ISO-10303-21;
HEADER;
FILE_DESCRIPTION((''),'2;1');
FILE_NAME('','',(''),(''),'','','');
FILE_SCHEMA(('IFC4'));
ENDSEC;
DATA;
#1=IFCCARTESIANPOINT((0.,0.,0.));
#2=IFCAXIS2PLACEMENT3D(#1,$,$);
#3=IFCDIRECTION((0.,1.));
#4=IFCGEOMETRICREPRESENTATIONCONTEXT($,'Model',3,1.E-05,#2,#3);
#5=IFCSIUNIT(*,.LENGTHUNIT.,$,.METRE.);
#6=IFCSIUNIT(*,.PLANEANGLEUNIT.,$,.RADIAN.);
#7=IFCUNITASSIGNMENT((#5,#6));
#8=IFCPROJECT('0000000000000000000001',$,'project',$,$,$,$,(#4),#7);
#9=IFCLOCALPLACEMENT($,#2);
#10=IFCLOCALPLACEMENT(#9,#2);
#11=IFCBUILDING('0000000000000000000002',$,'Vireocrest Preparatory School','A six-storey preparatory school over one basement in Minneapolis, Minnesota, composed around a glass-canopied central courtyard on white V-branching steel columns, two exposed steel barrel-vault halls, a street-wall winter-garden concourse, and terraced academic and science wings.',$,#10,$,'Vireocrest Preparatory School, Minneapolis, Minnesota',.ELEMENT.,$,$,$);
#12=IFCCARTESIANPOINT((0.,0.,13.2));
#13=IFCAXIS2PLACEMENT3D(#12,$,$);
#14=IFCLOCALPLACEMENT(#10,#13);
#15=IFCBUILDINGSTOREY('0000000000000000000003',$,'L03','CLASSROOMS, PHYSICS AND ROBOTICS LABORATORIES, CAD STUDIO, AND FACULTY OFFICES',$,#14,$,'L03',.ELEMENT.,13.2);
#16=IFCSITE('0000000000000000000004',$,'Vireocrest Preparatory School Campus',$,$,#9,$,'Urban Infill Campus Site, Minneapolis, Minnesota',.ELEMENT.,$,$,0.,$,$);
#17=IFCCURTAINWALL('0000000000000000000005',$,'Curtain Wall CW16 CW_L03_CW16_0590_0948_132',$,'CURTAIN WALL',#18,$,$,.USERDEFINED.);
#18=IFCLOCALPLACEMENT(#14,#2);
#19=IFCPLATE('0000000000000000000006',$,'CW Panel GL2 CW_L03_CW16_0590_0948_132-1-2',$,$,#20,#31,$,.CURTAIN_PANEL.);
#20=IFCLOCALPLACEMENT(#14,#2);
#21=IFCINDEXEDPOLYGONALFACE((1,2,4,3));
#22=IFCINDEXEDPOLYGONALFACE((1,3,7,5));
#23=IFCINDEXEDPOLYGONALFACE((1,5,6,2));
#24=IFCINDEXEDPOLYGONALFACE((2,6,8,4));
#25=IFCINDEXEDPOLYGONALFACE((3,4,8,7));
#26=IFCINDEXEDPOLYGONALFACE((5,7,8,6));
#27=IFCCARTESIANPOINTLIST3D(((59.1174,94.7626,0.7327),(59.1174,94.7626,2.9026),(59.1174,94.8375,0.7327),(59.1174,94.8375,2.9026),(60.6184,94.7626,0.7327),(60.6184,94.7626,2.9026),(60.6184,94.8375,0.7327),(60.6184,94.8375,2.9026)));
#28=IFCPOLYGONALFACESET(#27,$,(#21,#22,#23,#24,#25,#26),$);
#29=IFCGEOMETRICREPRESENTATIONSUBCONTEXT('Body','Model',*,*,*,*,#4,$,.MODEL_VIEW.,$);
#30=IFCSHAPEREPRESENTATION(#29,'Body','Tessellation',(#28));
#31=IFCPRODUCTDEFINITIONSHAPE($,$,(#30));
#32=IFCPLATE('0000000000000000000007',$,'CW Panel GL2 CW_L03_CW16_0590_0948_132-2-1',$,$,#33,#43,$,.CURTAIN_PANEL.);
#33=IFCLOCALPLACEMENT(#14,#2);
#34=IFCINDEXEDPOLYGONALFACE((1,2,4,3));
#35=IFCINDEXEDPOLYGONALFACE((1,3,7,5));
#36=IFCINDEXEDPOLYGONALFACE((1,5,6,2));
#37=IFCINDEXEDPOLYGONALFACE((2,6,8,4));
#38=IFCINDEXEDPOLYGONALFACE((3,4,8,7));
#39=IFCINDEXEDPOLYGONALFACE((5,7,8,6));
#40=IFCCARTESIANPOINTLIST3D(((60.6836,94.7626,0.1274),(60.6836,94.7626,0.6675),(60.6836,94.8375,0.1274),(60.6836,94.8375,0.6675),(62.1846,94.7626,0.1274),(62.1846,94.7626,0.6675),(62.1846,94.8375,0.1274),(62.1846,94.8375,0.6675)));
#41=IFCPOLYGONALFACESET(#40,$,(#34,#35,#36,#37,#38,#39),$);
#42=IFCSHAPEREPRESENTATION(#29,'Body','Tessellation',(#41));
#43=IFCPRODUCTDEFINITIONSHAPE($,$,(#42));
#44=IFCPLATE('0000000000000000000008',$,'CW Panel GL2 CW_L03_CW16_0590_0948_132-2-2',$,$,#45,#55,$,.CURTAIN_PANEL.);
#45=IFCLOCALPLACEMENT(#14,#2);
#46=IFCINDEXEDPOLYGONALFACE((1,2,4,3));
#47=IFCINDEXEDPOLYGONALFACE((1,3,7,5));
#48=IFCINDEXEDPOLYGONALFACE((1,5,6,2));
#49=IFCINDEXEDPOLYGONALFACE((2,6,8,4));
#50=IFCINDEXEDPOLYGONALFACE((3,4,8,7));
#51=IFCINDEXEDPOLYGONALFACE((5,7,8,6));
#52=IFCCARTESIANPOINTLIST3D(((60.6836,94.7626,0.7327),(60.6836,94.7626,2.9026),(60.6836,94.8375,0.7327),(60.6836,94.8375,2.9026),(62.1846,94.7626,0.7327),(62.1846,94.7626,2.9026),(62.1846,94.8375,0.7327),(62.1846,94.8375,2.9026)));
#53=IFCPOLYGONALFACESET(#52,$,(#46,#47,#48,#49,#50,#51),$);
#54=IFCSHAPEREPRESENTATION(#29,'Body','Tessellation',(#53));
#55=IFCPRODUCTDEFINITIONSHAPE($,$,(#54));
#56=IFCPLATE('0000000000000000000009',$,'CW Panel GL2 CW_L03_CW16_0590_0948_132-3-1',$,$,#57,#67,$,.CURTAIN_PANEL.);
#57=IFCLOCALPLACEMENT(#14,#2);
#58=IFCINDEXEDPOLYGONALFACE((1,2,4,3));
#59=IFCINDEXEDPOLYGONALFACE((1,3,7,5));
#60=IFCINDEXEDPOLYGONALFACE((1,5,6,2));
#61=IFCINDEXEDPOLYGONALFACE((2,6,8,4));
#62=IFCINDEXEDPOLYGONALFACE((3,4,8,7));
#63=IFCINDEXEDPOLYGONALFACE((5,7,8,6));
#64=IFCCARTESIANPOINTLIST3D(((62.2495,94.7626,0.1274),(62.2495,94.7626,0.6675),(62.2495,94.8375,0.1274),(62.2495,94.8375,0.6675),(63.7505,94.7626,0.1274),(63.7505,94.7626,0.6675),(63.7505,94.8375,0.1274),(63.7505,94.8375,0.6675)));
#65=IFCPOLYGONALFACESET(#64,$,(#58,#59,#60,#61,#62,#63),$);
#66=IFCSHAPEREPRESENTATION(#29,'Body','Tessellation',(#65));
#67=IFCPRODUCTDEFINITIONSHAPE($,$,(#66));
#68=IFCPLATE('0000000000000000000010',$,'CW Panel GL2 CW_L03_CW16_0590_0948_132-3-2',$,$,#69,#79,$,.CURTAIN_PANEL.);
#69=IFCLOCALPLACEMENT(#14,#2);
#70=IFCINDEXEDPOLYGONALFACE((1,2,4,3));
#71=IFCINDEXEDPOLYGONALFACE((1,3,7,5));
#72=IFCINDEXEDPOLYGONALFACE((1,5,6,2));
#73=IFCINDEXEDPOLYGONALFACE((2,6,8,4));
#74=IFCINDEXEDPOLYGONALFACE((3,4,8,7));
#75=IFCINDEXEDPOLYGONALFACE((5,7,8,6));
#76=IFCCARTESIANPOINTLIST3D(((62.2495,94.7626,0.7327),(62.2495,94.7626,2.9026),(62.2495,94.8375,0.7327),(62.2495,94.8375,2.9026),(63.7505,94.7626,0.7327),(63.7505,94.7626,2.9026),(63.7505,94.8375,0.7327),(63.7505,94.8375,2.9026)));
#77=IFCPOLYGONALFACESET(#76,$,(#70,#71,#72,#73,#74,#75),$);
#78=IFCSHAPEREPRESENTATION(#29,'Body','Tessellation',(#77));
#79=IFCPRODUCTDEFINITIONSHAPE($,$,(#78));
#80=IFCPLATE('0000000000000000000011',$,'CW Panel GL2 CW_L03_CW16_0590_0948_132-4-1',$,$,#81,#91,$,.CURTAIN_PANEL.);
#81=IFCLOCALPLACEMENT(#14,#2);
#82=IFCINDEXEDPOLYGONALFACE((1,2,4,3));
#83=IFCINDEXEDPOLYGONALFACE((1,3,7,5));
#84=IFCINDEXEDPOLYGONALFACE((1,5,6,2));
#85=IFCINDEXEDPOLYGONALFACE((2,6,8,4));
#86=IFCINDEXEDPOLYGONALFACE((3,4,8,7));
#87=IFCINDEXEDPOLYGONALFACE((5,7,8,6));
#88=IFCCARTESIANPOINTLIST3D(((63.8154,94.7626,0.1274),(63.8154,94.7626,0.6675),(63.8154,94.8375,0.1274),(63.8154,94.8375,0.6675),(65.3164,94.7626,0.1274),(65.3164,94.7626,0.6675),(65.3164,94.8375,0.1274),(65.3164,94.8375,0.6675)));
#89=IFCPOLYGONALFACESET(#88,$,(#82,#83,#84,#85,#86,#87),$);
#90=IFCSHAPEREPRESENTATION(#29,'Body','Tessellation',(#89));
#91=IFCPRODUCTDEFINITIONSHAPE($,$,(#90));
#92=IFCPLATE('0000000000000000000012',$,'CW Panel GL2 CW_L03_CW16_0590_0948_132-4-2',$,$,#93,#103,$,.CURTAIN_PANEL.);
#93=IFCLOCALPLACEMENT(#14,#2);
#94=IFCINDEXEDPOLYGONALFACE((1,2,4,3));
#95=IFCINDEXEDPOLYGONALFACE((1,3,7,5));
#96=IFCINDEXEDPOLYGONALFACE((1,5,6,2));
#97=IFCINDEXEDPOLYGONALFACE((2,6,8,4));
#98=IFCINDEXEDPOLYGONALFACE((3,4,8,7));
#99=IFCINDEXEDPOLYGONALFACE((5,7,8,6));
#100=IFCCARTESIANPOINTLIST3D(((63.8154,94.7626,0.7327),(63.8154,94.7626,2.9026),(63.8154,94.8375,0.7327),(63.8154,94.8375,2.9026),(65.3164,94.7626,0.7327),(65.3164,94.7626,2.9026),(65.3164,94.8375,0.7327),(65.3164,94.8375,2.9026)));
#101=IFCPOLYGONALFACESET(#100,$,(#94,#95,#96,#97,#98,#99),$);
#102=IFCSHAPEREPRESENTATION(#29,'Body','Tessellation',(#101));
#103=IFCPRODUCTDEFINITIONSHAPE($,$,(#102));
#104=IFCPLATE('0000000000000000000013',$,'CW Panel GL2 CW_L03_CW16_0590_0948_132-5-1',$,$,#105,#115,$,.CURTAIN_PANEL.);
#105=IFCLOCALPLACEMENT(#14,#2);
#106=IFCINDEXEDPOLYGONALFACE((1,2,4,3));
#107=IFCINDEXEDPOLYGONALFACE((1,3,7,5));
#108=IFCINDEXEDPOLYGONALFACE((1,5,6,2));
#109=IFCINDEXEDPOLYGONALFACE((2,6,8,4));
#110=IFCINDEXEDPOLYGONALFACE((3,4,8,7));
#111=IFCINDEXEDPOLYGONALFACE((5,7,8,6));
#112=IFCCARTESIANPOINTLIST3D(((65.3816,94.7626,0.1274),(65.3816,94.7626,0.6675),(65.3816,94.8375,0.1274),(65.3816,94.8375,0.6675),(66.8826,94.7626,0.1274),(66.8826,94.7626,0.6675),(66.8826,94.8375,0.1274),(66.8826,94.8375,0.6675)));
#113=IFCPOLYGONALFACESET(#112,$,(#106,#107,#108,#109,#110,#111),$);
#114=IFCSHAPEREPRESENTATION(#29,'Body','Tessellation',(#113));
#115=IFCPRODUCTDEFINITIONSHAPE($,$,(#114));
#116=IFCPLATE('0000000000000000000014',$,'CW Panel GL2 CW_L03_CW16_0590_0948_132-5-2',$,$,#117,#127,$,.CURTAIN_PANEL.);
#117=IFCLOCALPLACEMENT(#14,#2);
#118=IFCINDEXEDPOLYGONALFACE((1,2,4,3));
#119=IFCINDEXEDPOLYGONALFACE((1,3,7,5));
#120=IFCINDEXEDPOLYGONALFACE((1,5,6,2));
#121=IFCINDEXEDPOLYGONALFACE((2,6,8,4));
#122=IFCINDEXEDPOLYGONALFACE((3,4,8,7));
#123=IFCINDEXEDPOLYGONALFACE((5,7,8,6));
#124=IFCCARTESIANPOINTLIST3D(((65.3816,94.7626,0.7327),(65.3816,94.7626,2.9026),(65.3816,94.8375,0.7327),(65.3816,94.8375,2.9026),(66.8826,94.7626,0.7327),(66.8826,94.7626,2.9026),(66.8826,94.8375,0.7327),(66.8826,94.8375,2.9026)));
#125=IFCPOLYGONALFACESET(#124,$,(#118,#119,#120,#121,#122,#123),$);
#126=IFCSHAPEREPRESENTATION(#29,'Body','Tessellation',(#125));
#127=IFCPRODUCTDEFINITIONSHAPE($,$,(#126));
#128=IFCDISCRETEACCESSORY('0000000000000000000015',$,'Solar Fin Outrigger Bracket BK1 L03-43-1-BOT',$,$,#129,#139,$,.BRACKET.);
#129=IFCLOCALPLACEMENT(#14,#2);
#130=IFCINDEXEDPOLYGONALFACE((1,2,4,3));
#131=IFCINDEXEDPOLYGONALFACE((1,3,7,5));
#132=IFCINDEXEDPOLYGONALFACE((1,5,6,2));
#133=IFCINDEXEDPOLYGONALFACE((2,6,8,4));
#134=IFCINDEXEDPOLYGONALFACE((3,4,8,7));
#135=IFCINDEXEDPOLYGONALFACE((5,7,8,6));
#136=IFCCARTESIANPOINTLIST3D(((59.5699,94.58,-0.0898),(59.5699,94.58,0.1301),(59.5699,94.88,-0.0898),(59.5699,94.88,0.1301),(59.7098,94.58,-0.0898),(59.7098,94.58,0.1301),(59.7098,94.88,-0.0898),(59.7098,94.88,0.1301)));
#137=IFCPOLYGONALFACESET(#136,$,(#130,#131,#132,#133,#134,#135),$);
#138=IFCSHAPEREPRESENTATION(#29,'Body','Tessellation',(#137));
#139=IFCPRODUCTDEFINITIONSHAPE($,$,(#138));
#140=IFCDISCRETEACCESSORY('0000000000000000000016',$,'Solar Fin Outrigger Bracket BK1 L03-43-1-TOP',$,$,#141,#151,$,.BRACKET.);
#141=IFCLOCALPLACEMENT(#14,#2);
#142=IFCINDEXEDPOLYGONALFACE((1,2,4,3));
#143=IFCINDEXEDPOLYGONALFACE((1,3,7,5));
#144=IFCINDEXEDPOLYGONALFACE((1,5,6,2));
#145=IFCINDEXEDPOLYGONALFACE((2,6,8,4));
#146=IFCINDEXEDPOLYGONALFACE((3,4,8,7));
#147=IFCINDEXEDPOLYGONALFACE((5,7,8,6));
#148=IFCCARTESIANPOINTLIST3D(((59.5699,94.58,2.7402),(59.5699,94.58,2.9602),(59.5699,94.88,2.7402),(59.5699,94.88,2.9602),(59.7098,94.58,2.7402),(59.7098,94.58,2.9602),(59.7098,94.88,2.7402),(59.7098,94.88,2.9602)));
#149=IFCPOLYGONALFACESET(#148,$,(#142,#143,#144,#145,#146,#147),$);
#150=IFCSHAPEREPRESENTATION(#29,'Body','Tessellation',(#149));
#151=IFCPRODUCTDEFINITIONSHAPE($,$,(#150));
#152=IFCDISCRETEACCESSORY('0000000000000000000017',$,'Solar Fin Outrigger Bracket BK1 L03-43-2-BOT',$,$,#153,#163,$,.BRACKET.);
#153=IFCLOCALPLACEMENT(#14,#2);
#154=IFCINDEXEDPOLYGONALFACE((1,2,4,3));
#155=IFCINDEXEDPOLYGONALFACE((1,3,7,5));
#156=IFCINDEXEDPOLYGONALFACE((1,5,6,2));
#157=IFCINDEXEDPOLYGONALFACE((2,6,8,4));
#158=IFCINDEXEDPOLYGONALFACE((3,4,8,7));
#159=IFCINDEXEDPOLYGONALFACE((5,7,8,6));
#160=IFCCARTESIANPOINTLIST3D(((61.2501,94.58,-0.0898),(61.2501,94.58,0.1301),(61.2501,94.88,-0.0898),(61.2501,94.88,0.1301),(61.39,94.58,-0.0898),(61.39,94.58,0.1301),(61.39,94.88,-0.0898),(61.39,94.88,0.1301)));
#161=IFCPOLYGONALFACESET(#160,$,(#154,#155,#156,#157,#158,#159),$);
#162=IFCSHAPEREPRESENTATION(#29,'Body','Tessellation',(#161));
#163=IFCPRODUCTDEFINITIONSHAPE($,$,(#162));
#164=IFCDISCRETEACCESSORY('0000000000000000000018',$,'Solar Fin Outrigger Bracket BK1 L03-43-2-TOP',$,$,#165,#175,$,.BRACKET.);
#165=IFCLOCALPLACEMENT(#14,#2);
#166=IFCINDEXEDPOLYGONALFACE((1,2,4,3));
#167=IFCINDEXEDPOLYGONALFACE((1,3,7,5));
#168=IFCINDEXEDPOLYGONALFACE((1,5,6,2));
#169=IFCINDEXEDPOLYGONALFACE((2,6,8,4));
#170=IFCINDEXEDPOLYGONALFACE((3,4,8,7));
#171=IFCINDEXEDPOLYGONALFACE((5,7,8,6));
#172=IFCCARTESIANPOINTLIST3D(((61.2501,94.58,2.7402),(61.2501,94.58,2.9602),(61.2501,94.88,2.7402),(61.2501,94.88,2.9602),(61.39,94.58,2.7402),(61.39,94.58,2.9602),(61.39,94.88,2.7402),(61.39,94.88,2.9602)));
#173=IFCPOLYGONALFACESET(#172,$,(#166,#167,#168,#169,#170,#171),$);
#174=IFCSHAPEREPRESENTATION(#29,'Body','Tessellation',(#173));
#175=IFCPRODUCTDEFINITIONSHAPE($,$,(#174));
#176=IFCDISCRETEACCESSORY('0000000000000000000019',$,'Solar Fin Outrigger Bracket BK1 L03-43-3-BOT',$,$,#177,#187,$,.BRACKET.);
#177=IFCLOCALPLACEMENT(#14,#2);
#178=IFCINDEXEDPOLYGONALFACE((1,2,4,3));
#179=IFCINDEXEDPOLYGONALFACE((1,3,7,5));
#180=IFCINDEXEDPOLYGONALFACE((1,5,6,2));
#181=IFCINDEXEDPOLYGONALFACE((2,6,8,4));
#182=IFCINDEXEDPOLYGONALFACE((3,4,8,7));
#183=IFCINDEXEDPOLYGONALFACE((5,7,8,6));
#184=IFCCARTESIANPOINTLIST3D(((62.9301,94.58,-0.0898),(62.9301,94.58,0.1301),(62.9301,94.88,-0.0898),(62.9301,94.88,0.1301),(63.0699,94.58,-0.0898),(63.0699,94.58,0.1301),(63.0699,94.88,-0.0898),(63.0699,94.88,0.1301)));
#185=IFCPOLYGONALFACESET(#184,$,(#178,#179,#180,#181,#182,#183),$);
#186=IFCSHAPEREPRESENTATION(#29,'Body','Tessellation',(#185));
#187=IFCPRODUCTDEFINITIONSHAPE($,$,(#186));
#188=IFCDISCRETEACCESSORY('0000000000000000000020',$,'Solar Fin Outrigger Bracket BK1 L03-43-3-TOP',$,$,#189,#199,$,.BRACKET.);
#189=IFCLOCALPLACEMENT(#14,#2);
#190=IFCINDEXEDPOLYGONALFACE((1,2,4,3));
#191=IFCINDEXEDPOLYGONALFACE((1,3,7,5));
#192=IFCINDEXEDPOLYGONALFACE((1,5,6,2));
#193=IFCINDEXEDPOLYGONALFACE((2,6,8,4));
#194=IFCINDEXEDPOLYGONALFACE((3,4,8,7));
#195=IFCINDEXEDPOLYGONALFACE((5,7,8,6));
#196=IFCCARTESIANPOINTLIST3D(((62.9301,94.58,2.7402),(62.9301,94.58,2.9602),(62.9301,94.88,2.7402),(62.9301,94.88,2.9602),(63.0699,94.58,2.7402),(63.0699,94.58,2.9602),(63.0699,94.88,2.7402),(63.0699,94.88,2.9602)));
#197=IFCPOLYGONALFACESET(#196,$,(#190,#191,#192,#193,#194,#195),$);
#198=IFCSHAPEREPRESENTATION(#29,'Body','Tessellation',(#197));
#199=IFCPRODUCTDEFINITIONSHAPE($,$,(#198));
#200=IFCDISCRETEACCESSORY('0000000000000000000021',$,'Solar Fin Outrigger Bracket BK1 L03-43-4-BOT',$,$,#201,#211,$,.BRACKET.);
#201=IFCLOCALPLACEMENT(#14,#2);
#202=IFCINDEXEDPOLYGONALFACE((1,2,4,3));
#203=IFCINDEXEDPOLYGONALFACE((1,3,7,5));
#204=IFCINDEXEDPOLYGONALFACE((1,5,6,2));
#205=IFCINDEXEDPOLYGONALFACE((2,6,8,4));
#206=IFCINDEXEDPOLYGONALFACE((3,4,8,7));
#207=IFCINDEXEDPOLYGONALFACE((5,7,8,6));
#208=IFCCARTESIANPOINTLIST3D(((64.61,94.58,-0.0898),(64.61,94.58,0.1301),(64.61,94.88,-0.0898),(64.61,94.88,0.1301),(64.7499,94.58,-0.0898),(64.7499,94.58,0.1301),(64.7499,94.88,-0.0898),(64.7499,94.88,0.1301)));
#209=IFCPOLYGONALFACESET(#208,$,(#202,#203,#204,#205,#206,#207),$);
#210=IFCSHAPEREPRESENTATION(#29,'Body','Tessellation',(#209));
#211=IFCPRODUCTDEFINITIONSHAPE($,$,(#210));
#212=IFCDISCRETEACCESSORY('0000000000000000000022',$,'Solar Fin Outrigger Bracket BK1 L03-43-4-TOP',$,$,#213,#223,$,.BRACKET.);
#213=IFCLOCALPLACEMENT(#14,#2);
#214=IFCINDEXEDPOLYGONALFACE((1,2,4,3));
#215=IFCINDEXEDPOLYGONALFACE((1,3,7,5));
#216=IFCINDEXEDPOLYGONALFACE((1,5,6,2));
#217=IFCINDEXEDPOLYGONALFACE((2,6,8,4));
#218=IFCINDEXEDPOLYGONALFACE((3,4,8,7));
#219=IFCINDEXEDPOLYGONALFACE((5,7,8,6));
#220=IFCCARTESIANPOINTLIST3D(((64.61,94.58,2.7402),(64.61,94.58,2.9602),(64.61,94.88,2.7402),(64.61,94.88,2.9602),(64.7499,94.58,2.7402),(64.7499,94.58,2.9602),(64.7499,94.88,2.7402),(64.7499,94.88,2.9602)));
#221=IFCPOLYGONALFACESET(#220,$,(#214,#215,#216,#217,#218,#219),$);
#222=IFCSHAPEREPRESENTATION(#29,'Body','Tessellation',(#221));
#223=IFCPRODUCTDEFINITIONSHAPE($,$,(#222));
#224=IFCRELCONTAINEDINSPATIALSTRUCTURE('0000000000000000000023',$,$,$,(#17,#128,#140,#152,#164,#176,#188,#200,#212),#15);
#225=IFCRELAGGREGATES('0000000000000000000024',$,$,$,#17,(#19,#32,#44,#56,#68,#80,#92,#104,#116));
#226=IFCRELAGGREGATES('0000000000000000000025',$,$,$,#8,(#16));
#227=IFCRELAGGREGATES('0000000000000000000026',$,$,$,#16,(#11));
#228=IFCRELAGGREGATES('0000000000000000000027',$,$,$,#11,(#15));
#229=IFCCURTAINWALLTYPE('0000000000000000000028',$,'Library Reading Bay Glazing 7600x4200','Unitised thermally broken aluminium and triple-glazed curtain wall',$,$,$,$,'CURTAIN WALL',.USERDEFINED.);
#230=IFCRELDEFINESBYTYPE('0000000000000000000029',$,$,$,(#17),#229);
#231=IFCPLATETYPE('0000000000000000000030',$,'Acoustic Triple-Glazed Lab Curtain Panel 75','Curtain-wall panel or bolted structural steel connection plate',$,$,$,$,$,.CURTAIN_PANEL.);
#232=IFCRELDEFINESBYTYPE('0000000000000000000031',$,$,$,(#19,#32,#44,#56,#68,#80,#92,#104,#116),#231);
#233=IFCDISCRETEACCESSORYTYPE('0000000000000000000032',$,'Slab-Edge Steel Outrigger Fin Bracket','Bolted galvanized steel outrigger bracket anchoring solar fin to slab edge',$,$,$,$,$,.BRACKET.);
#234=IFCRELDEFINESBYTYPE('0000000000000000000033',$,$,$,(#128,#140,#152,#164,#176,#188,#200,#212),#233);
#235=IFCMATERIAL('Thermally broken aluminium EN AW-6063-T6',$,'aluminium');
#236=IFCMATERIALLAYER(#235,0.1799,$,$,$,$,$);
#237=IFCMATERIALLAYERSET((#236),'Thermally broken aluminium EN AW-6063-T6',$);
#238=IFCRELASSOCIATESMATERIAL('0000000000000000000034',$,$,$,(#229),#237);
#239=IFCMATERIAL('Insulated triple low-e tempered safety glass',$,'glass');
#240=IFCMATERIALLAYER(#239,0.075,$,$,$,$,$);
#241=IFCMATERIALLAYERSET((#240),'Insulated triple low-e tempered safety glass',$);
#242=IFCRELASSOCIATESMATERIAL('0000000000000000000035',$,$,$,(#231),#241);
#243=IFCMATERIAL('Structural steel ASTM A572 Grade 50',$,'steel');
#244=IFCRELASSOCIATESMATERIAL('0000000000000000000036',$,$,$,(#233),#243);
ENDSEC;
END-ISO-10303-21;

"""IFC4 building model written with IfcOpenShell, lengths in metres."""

from ifc_helpers import new_model, si_unit, direction, frame, origin, origin_2d, place, context, subcontext, project, spatial, rectangle, extrude, material, layer, layer_set, type_object, element, aggregate, save


model = new_model("IFC4")

# Units and contexts
model_context = context("Model", 3, precision=1e-05, world=origin(), true_north=direction((0.0, 1.0)))
body_context = subcontext(model_context, "Body", "Model", "MODEL_VIEW")
ifc_project = project(units=[si_unit("LENGTHUNIT", "METRE"), si_unit("PLANEANGLEUNIT", "RADIAN")], contexts=[model_context])

# Site, building, storey
site_placement = place(None, origin())
site = spatial("IfcSite", under=ifc_project, at=site_placement, Name="Vireocrest Preparatory School Campus", LongName="Urban Infill Campus Site, Minneapolis, Minnesota", CompositionType="ELEMENT", RefElevation=0.0)
building_placement = place(site_placement, origin())
building = spatial("IfcBuilding", under=site, at=building_placement, Name="Vireocrest Preparatory School", Description="A six-storey preparatory school over one basement in Minneapolis, Minnesota, composed around a glass-canopied central courtyard on white V-branching steel columns, two exposed steel barrel-vault halls, a street-wall winter-garden concourse, and terraced academic and science wings.", LongName="Vireocrest Preparatory School, Minneapolis, Minnesota", CompositionType="ELEMENT")
storey_placement = place(building_placement, frame((0.0, 0.0, 13.2)))
storey = spatial("IfcBuildingStorey", under=building, at=storey_placement, Name="L03", Description="CLASSROOMS, PHYSICS AND ROBOTICS LABORATORIES, CAD STUDIO, AND FACULTY OFFICES", LongName="L03", CompositionType="ELEMENT", Elevation=13.2)

# Curtain wall
ifc_material_1 = material(Name="Thermally broken aluminium EN AW-6063-T6", Category="aluminium")
ifc_layer_1 = layer(ifc_material_1, 0.1799)
ifc_layer_set_1 = layer_set([ifc_layer_1], Name="Thermally broken aluminium EN AW-6063-T6")
curtain_wall_type = type_object("IfcCurtainWallType", Name="Library Reading Bay Glazing 7600x4200", Description="Unitised thermally broken aluminium and triple-glazed curtain wall", ElementType="CURTAIN WALL", PredefinedType="USERDEFINED", material=ifc_layer_set_1)
curtain_wall_placement = place(storey_placement, origin())
curtain_wall = element("IfcCurtainWall", 1, at=curtain_wall_placement, inside=storey, type_object=curtain_wall_type, Name="Curtain Wall CW16 CW_L03_CW16_0590_0948_132", ObjectType="CURTAIN WALL", PredefinedType="USERDEFINED")

# Plates
ifc_material_2 = material(Name="Insulated triple low-e tempered safety glass", Category="glass")
ifc_layer_2 = layer(ifc_material_2, 0.075)
ifc_layer_set_2 = layer_set([ifc_layer_2], Name="Insulated triple low-e tempered safety glass")
plate_type = type_object("IfcPlateType", Name="Acoustic Triple-Glazed Lab Curtain Panel 75", Description="Curtain-wall panel or bolted structural steel connection plate", PredefinedType="CURTAIN_PANEL", material=ifc_layer_set_2)
plate_1_placement = place(storey_placement, frame((59.8679, 94.8, 0.7327), z_axis=(0.0, 0.0, 1.0), x_axis=(1.0, 0.0, 0.0)))
plate_1 = element("IfcPlate", 2, at=plate_1_placement, type_object=plate_type, Name="CW Panel GL2 CW_L03_CW16_0590_0948_132-1-2", PredefinedType="CURTAIN_PANEL", context=body_context, shape_type="SweptSolid", body=[
    extrude(rectangle(XDim=1.501, YDim=0.075, at=origin_2d()), origin(), (0.0, 0.0, 1.0), 2.1699),
])
plate_2_placement = place(storey_placement, frame((61.4341, 94.8, 0.1274), z_axis=(0.0, 0.0, 1.0), x_axis=(1.0, 0.0, 0.0)))
plate_2 = element("IfcPlate", 3, at=plate_2_placement, type_object=plate_type, Name="CW Panel GL2 CW_L03_CW16_0590_0948_132-2-1", PredefinedType="CURTAIN_PANEL", context=body_context, shape_type="SweptSolid", body=[
    extrude(rectangle(XDim=1.501, YDim=0.075, at=origin_2d()), origin(), (0.0, 0.0, 1.0), 0.54),
])
plate_3_placement = place(storey_placement, frame((61.4341, 94.8, 0.7327), z_axis=(0.0, 0.0, 1.0), x_axis=(1.0, 0.0, 0.0)))
plate_3 = element("IfcPlate", 4, at=plate_3_placement, type_object=plate_type, Name="CW Panel GL2 CW_L03_CW16_0590_0948_132-2-2", PredefinedType="CURTAIN_PANEL", context=body_context, shape_type="SweptSolid", body=[
    extrude(rectangle(XDim=1.501, YDim=0.075, at=origin_2d()), origin(), (0.0, 0.0, 1.0), 2.1699),
])
plate_4_placement = place(storey_placement, frame((63.0, 94.8, 0.1274), z_axis=(0.0, 0.0, 1.0), x_axis=(1.0, 0.0, 0.0)))
plate_4 = element("IfcPlate", 5, at=plate_4_placement, type_object=plate_type, Name="CW Panel GL2 CW_L03_CW16_0590_0948_132-3-1", PredefinedType="CURTAIN_PANEL", context=body_context, shape_type="SweptSolid", body=[
    extrude(rectangle(XDim=1.501, YDim=0.075, at=origin_2d()), origin(), (0.0, 0.0, 1.0), 0.54),
])
plate_5_placement = place(storey_placement, frame((63.0, 94.8, 0.7327), z_axis=(0.0, 0.0, 1.0), x_axis=(1.0, 0.0, 0.0)))
plate_5 = element("IfcPlate", 6, at=plate_5_placement, type_object=plate_type, Name="CW Panel GL2 CW_L03_CW16_0590_0948_132-3-2", PredefinedType="CURTAIN_PANEL", context=body_context, shape_type="SweptSolid", body=[
    extrude(rectangle(XDim=1.501, YDim=0.075, at=origin_2d()), origin(), (0.0, 0.0, 1.0), 2.1699),
])
plate_6_placement = place(storey_placement, frame((64.5659, 94.8, 0.1274), z_axis=(0.0, 0.0, 1.0), x_axis=(1.0, 0.0, 0.0)))
plate_6 = element("IfcPlate", 7, at=plate_6_placement, type_object=plate_type, Name="CW Panel GL2 CW_L03_CW16_0590_0948_132-4-1", PredefinedType="CURTAIN_PANEL", context=body_context, shape_type="SweptSolid", body=[
    extrude(rectangle(XDim=1.501, YDim=0.075, at=origin_2d()), origin(), (0.0, 0.0, 1.0), 0.54),
])
plate_7_placement = place(storey_placement, frame((64.5659, 94.8, 0.7327), z_axis=(0.0, 0.0, 1.0), x_axis=(1.0, 0.0, 0.0)))
plate_7 = element("IfcPlate", 8, at=plate_7_placement, type_object=plate_type, Name="CW Panel GL2 CW_L03_CW16_0590_0948_132-4-2", PredefinedType="CURTAIN_PANEL", context=body_context, shape_type="SweptSolid", body=[
    extrude(rectangle(XDim=1.501, YDim=0.075, at=origin_2d()), origin(), (0.0, 0.0, 1.0), 2.1699),
])
plate_8_placement = place(storey_placement, frame((66.1321, 94.8, 0.1274), z_axis=(0.0, 0.0, 1.0), x_axis=(1.0, 0.0, 0.0)))
plate_8 = element("IfcPlate", 9, at=plate_8_placement, type_object=plate_type, Name="CW Panel GL2 CW_L03_CW16_0590_0948_132-5-1", PredefinedType="CURTAIN_PANEL", context=body_context, shape_type="SweptSolid", body=[
    extrude(rectangle(XDim=1.501, YDim=0.075, at=origin_2d()), origin(), (0.0, 0.0, 1.0), 0.54),
])
plate_9_placement = place(storey_placement, frame((66.1321, 94.8, 0.7327), z_axis=(0.0, 0.0, 1.0), x_axis=(1.0, 0.0, 0.0)))
plate_9 = element("IfcPlate", 10, at=plate_9_placement, type_object=plate_type, Name="CW Panel GL2 CW_L03_CW16_0590_0948_132-5-2", PredefinedType="CURTAIN_PANEL", context=body_context, shape_type="SweptSolid", body=[
    extrude(rectangle(XDim=1.501, YDim=0.075, at=origin_2d()), origin(), (0.0, 0.0, 1.0), 2.1699),
])
aggregate(curtain_wall, [plate_1, plate_2, plate_3, plate_4, plate_5, plate_6, plate_7, plate_8, plate_9])

# Discrete accessories
ifc_material_3 = material(Name="Structural steel ASTM A572 Grade 50", Category="steel")
discrete_accessory_type = type_object("IfcDiscreteAccessoryType", Name="Slab-Edge Steel Outrigger Fin Bracket", Description="Bolted galvanized steel outrigger bracket anchoring solar fin to slab edge", PredefinedType="BRACKET", material=ifc_material_3)
for number, where, z_axis, x_axis, name in (
    (11, (59.6399, 94.73, -0.0898), (0.0, 0.0, 1.0), (-1.0, 0.0, 0.0), "Solar Fin Outrigger Bracket BK1 L03-43-1-BOT"),
    (12, (59.6399, 94.73, 2.7402), (0.0, 0.0, 1.0), (-1.0, 0.0, 0.0), "Solar Fin Outrigger Bracket BK1 L03-43-1-TOP"),
    (13, (61.3201, 94.73, -0.0898), (0.0, 0.0, 1.0), (-1.0, 0.0, 0.0), "Solar Fin Outrigger Bracket BK1 L03-43-2-BOT"),
    (14, (61.3201, 94.73, 2.7402), (0.0, 0.0, 1.0), (-1.0, 0.0, 0.0), "Solar Fin Outrigger Bracket BK1 L03-43-2-TOP"),
    (15, (63.0, 94.73, -0.0898), (0.0, 0.0, 1.0), (-1.0, 0.0, 0.0), "Solar Fin Outrigger Bracket BK1 L03-43-3-BOT"),
    (16, (63.0, 94.73, 2.7402), (0.0, 0.0, 1.0), (-1.0, 0.0, 0.0), "Solar Fin Outrigger Bracket BK1 L03-43-3-TOP"),
    (17, (64.6799, 94.73, -0.0898), (0.0, 0.0, 1.0), (-1.0, 0.0, 0.0), "Solar Fin Outrigger Bracket BK1 L03-43-4-BOT"),
    (18, (64.6799, 94.73, 2.7402), (0.0, 0.0, 1.0), (-1.0, 0.0, 0.0), "Solar Fin Outrigger Bracket BK1 L03-43-4-TOP"),
):
    element("IfcDiscreteAccessory", number, at=place(storey_placement, frame(where, z_axis=z_axis, x_axis=x_axis)), inside=storey, type_object=discrete_accessory_type, Name=name, PredefinedType="BRACKET", context=body_context, shape_type="SweptSolid", body=[
        extrude(rectangle(XDim=0.1399, YDim=0.3, at=origin_2d()), origin(), (0.0, 0.0, 1.0), 0.22),
    ])

save(model, "model.ifc")
